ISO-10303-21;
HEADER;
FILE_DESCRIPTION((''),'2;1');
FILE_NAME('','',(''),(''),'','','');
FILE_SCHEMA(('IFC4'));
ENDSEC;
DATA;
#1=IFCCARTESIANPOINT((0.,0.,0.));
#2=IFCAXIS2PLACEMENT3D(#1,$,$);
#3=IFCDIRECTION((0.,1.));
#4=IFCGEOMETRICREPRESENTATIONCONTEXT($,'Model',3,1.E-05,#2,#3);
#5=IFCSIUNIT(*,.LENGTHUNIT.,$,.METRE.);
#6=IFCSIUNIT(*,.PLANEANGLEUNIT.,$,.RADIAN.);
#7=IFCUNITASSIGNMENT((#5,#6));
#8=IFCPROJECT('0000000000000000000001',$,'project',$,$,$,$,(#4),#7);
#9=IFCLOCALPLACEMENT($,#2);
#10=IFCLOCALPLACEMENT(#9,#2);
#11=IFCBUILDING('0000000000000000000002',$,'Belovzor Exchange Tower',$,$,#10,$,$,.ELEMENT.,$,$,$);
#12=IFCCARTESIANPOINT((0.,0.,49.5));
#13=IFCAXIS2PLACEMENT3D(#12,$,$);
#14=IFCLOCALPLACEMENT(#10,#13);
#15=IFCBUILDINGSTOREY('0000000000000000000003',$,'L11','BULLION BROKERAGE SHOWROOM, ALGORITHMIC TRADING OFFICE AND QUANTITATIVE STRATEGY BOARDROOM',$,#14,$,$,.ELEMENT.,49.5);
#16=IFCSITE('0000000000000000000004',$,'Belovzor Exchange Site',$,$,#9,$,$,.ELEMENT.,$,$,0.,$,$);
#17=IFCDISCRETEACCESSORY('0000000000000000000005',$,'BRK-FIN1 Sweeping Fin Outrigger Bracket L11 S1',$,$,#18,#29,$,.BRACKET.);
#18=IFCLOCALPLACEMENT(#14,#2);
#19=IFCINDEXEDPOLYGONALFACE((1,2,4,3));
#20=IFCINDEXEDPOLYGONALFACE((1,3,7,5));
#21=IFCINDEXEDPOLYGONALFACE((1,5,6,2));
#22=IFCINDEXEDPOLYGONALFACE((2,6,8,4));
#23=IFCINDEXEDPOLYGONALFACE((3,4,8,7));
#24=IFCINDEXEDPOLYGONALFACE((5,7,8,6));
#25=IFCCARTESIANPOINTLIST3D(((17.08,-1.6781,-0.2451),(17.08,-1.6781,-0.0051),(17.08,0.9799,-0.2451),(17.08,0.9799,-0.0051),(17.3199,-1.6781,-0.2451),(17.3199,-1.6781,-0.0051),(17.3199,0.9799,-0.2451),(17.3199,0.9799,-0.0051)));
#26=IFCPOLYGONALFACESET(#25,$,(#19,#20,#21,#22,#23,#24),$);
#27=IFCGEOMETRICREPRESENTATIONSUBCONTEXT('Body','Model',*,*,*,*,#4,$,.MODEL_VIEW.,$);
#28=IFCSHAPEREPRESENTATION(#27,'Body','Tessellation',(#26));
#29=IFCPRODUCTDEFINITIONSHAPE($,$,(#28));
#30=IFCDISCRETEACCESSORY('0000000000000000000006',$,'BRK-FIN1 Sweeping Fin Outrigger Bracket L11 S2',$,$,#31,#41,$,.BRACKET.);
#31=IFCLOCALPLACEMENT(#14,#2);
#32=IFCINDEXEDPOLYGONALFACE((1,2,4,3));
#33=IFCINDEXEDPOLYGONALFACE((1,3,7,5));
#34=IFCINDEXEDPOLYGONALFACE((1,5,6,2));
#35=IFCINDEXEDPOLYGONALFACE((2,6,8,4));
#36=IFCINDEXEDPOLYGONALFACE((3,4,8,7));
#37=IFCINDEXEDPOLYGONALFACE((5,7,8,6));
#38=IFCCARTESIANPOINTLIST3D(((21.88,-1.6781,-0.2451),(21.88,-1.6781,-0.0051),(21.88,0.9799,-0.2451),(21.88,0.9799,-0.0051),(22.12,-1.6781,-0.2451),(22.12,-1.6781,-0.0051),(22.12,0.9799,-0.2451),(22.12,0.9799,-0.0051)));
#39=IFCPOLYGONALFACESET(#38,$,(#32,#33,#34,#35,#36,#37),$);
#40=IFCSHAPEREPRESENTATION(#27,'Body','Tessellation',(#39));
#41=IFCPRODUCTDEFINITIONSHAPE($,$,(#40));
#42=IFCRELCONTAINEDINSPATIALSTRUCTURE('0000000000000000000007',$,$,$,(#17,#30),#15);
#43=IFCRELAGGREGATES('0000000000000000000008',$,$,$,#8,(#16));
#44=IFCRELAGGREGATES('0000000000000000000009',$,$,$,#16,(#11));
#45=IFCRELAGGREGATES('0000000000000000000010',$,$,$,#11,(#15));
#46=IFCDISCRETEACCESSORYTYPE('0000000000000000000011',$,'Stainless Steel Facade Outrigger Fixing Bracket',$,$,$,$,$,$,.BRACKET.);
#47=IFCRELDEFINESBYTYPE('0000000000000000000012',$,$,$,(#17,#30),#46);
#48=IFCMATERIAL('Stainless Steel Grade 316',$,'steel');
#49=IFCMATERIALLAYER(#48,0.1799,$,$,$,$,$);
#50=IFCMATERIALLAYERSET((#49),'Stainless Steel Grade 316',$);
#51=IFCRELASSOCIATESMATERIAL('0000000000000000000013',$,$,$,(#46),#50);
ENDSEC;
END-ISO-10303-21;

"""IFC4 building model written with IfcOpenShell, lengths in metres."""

from ifc_helpers import new_model, si_unit, direction, frame, origin, origin_2d, place, context, subcontext, project, spatial, rectangle, extrude, material, layer, layer_set, type_object, element, save


model = new_model("IFC4")

# Units and contexts
model_context = context("Model", 3, precision=1e-05, world=origin(), true_north=direction((0.0, 1.0)))
body_context = subcontext(model_context, "Body", "Model", "MODEL_VIEW")
ifc_project = project(units=[si_unit("LENGTHUNIT", "METRE"), si_unit("PLANEANGLEUNIT", "RADIAN")], contexts=[model_context])

# Site, building, storey
site_placement = place(None, origin())
site = spatial("IfcSite", under=ifc_project, at=site_placement, Name="Belovzor Exchange Site", CompositionType="ELEMENT", RefElevation=0.0)
building_placement = place(site_placement, origin())
building = spatial("IfcBuilding", under=site, at=building_placement, Name="Belovzor Exchange Tower", CompositionType="ELEMENT")
storey_placement = place(building_placement, frame((0.0, 0.0, 49.5)))
storey = spatial("IfcBuildingStorey", under=building, at=storey_placement, Name="L11", Description="BULLION BROKERAGE SHOWROOM, ALGORITHMIC TRADING OFFICE AND QUANTITATIVE STRATEGY BOARDROOM", CompositionType="ELEMENT", Elevation=49.5)

# Discrete accessories
ifc_material_1 = material(Name="Stainless Steel Grade 316", Category="steel")
ifc_layer_1 = layer(ifc_material_1, 0.1799)
ifc_layer_set_1 = layer_set([ifc_layer_1], Name="Stainless Steel Grade 316")
discrete_accessory_type = type_object("IfcDiscreteAccessoryType", Name="Stainless Steel Facade Outrigger Fixing Bracket", PredefinedType="BRACKET", material=ifc_layer_set_1)
for number, where, z_axis, x_axis, name in (
    (1, (17.2, -0.3491, -0.2451), (0.0, 0.0, 1.0), (0.0, 1.0, 0.0), "BRK-FIN1 Sweeping Fin Outrigger Bracket L11 S1"),
    (2, (22.0, -0.3491, -0.2451), (0.0, 0.0, 1.0), (0.0, 1.0, 0.0), "BRK-FIN1 Sweeping Fin Outrigger Bracket L11 S2"),
):
    element("IfcDiscreteAccessory", number, at=place(storey_placement, frame(where, z_axis=z_axis, x_axis=x_axis)), inside=storey, type_object=discrete_accessory_type, Name=name, PredefinedType="BRACKET", context=body_context, shape_type="SweptSolid", body=[
        extrude(rectangle(XDim=2.658, YDim=0.24, at=origin_2d()), origin(), (0.0, 0.0, 1.0), 0.24),
    ])

save(model, "model.ifc")
